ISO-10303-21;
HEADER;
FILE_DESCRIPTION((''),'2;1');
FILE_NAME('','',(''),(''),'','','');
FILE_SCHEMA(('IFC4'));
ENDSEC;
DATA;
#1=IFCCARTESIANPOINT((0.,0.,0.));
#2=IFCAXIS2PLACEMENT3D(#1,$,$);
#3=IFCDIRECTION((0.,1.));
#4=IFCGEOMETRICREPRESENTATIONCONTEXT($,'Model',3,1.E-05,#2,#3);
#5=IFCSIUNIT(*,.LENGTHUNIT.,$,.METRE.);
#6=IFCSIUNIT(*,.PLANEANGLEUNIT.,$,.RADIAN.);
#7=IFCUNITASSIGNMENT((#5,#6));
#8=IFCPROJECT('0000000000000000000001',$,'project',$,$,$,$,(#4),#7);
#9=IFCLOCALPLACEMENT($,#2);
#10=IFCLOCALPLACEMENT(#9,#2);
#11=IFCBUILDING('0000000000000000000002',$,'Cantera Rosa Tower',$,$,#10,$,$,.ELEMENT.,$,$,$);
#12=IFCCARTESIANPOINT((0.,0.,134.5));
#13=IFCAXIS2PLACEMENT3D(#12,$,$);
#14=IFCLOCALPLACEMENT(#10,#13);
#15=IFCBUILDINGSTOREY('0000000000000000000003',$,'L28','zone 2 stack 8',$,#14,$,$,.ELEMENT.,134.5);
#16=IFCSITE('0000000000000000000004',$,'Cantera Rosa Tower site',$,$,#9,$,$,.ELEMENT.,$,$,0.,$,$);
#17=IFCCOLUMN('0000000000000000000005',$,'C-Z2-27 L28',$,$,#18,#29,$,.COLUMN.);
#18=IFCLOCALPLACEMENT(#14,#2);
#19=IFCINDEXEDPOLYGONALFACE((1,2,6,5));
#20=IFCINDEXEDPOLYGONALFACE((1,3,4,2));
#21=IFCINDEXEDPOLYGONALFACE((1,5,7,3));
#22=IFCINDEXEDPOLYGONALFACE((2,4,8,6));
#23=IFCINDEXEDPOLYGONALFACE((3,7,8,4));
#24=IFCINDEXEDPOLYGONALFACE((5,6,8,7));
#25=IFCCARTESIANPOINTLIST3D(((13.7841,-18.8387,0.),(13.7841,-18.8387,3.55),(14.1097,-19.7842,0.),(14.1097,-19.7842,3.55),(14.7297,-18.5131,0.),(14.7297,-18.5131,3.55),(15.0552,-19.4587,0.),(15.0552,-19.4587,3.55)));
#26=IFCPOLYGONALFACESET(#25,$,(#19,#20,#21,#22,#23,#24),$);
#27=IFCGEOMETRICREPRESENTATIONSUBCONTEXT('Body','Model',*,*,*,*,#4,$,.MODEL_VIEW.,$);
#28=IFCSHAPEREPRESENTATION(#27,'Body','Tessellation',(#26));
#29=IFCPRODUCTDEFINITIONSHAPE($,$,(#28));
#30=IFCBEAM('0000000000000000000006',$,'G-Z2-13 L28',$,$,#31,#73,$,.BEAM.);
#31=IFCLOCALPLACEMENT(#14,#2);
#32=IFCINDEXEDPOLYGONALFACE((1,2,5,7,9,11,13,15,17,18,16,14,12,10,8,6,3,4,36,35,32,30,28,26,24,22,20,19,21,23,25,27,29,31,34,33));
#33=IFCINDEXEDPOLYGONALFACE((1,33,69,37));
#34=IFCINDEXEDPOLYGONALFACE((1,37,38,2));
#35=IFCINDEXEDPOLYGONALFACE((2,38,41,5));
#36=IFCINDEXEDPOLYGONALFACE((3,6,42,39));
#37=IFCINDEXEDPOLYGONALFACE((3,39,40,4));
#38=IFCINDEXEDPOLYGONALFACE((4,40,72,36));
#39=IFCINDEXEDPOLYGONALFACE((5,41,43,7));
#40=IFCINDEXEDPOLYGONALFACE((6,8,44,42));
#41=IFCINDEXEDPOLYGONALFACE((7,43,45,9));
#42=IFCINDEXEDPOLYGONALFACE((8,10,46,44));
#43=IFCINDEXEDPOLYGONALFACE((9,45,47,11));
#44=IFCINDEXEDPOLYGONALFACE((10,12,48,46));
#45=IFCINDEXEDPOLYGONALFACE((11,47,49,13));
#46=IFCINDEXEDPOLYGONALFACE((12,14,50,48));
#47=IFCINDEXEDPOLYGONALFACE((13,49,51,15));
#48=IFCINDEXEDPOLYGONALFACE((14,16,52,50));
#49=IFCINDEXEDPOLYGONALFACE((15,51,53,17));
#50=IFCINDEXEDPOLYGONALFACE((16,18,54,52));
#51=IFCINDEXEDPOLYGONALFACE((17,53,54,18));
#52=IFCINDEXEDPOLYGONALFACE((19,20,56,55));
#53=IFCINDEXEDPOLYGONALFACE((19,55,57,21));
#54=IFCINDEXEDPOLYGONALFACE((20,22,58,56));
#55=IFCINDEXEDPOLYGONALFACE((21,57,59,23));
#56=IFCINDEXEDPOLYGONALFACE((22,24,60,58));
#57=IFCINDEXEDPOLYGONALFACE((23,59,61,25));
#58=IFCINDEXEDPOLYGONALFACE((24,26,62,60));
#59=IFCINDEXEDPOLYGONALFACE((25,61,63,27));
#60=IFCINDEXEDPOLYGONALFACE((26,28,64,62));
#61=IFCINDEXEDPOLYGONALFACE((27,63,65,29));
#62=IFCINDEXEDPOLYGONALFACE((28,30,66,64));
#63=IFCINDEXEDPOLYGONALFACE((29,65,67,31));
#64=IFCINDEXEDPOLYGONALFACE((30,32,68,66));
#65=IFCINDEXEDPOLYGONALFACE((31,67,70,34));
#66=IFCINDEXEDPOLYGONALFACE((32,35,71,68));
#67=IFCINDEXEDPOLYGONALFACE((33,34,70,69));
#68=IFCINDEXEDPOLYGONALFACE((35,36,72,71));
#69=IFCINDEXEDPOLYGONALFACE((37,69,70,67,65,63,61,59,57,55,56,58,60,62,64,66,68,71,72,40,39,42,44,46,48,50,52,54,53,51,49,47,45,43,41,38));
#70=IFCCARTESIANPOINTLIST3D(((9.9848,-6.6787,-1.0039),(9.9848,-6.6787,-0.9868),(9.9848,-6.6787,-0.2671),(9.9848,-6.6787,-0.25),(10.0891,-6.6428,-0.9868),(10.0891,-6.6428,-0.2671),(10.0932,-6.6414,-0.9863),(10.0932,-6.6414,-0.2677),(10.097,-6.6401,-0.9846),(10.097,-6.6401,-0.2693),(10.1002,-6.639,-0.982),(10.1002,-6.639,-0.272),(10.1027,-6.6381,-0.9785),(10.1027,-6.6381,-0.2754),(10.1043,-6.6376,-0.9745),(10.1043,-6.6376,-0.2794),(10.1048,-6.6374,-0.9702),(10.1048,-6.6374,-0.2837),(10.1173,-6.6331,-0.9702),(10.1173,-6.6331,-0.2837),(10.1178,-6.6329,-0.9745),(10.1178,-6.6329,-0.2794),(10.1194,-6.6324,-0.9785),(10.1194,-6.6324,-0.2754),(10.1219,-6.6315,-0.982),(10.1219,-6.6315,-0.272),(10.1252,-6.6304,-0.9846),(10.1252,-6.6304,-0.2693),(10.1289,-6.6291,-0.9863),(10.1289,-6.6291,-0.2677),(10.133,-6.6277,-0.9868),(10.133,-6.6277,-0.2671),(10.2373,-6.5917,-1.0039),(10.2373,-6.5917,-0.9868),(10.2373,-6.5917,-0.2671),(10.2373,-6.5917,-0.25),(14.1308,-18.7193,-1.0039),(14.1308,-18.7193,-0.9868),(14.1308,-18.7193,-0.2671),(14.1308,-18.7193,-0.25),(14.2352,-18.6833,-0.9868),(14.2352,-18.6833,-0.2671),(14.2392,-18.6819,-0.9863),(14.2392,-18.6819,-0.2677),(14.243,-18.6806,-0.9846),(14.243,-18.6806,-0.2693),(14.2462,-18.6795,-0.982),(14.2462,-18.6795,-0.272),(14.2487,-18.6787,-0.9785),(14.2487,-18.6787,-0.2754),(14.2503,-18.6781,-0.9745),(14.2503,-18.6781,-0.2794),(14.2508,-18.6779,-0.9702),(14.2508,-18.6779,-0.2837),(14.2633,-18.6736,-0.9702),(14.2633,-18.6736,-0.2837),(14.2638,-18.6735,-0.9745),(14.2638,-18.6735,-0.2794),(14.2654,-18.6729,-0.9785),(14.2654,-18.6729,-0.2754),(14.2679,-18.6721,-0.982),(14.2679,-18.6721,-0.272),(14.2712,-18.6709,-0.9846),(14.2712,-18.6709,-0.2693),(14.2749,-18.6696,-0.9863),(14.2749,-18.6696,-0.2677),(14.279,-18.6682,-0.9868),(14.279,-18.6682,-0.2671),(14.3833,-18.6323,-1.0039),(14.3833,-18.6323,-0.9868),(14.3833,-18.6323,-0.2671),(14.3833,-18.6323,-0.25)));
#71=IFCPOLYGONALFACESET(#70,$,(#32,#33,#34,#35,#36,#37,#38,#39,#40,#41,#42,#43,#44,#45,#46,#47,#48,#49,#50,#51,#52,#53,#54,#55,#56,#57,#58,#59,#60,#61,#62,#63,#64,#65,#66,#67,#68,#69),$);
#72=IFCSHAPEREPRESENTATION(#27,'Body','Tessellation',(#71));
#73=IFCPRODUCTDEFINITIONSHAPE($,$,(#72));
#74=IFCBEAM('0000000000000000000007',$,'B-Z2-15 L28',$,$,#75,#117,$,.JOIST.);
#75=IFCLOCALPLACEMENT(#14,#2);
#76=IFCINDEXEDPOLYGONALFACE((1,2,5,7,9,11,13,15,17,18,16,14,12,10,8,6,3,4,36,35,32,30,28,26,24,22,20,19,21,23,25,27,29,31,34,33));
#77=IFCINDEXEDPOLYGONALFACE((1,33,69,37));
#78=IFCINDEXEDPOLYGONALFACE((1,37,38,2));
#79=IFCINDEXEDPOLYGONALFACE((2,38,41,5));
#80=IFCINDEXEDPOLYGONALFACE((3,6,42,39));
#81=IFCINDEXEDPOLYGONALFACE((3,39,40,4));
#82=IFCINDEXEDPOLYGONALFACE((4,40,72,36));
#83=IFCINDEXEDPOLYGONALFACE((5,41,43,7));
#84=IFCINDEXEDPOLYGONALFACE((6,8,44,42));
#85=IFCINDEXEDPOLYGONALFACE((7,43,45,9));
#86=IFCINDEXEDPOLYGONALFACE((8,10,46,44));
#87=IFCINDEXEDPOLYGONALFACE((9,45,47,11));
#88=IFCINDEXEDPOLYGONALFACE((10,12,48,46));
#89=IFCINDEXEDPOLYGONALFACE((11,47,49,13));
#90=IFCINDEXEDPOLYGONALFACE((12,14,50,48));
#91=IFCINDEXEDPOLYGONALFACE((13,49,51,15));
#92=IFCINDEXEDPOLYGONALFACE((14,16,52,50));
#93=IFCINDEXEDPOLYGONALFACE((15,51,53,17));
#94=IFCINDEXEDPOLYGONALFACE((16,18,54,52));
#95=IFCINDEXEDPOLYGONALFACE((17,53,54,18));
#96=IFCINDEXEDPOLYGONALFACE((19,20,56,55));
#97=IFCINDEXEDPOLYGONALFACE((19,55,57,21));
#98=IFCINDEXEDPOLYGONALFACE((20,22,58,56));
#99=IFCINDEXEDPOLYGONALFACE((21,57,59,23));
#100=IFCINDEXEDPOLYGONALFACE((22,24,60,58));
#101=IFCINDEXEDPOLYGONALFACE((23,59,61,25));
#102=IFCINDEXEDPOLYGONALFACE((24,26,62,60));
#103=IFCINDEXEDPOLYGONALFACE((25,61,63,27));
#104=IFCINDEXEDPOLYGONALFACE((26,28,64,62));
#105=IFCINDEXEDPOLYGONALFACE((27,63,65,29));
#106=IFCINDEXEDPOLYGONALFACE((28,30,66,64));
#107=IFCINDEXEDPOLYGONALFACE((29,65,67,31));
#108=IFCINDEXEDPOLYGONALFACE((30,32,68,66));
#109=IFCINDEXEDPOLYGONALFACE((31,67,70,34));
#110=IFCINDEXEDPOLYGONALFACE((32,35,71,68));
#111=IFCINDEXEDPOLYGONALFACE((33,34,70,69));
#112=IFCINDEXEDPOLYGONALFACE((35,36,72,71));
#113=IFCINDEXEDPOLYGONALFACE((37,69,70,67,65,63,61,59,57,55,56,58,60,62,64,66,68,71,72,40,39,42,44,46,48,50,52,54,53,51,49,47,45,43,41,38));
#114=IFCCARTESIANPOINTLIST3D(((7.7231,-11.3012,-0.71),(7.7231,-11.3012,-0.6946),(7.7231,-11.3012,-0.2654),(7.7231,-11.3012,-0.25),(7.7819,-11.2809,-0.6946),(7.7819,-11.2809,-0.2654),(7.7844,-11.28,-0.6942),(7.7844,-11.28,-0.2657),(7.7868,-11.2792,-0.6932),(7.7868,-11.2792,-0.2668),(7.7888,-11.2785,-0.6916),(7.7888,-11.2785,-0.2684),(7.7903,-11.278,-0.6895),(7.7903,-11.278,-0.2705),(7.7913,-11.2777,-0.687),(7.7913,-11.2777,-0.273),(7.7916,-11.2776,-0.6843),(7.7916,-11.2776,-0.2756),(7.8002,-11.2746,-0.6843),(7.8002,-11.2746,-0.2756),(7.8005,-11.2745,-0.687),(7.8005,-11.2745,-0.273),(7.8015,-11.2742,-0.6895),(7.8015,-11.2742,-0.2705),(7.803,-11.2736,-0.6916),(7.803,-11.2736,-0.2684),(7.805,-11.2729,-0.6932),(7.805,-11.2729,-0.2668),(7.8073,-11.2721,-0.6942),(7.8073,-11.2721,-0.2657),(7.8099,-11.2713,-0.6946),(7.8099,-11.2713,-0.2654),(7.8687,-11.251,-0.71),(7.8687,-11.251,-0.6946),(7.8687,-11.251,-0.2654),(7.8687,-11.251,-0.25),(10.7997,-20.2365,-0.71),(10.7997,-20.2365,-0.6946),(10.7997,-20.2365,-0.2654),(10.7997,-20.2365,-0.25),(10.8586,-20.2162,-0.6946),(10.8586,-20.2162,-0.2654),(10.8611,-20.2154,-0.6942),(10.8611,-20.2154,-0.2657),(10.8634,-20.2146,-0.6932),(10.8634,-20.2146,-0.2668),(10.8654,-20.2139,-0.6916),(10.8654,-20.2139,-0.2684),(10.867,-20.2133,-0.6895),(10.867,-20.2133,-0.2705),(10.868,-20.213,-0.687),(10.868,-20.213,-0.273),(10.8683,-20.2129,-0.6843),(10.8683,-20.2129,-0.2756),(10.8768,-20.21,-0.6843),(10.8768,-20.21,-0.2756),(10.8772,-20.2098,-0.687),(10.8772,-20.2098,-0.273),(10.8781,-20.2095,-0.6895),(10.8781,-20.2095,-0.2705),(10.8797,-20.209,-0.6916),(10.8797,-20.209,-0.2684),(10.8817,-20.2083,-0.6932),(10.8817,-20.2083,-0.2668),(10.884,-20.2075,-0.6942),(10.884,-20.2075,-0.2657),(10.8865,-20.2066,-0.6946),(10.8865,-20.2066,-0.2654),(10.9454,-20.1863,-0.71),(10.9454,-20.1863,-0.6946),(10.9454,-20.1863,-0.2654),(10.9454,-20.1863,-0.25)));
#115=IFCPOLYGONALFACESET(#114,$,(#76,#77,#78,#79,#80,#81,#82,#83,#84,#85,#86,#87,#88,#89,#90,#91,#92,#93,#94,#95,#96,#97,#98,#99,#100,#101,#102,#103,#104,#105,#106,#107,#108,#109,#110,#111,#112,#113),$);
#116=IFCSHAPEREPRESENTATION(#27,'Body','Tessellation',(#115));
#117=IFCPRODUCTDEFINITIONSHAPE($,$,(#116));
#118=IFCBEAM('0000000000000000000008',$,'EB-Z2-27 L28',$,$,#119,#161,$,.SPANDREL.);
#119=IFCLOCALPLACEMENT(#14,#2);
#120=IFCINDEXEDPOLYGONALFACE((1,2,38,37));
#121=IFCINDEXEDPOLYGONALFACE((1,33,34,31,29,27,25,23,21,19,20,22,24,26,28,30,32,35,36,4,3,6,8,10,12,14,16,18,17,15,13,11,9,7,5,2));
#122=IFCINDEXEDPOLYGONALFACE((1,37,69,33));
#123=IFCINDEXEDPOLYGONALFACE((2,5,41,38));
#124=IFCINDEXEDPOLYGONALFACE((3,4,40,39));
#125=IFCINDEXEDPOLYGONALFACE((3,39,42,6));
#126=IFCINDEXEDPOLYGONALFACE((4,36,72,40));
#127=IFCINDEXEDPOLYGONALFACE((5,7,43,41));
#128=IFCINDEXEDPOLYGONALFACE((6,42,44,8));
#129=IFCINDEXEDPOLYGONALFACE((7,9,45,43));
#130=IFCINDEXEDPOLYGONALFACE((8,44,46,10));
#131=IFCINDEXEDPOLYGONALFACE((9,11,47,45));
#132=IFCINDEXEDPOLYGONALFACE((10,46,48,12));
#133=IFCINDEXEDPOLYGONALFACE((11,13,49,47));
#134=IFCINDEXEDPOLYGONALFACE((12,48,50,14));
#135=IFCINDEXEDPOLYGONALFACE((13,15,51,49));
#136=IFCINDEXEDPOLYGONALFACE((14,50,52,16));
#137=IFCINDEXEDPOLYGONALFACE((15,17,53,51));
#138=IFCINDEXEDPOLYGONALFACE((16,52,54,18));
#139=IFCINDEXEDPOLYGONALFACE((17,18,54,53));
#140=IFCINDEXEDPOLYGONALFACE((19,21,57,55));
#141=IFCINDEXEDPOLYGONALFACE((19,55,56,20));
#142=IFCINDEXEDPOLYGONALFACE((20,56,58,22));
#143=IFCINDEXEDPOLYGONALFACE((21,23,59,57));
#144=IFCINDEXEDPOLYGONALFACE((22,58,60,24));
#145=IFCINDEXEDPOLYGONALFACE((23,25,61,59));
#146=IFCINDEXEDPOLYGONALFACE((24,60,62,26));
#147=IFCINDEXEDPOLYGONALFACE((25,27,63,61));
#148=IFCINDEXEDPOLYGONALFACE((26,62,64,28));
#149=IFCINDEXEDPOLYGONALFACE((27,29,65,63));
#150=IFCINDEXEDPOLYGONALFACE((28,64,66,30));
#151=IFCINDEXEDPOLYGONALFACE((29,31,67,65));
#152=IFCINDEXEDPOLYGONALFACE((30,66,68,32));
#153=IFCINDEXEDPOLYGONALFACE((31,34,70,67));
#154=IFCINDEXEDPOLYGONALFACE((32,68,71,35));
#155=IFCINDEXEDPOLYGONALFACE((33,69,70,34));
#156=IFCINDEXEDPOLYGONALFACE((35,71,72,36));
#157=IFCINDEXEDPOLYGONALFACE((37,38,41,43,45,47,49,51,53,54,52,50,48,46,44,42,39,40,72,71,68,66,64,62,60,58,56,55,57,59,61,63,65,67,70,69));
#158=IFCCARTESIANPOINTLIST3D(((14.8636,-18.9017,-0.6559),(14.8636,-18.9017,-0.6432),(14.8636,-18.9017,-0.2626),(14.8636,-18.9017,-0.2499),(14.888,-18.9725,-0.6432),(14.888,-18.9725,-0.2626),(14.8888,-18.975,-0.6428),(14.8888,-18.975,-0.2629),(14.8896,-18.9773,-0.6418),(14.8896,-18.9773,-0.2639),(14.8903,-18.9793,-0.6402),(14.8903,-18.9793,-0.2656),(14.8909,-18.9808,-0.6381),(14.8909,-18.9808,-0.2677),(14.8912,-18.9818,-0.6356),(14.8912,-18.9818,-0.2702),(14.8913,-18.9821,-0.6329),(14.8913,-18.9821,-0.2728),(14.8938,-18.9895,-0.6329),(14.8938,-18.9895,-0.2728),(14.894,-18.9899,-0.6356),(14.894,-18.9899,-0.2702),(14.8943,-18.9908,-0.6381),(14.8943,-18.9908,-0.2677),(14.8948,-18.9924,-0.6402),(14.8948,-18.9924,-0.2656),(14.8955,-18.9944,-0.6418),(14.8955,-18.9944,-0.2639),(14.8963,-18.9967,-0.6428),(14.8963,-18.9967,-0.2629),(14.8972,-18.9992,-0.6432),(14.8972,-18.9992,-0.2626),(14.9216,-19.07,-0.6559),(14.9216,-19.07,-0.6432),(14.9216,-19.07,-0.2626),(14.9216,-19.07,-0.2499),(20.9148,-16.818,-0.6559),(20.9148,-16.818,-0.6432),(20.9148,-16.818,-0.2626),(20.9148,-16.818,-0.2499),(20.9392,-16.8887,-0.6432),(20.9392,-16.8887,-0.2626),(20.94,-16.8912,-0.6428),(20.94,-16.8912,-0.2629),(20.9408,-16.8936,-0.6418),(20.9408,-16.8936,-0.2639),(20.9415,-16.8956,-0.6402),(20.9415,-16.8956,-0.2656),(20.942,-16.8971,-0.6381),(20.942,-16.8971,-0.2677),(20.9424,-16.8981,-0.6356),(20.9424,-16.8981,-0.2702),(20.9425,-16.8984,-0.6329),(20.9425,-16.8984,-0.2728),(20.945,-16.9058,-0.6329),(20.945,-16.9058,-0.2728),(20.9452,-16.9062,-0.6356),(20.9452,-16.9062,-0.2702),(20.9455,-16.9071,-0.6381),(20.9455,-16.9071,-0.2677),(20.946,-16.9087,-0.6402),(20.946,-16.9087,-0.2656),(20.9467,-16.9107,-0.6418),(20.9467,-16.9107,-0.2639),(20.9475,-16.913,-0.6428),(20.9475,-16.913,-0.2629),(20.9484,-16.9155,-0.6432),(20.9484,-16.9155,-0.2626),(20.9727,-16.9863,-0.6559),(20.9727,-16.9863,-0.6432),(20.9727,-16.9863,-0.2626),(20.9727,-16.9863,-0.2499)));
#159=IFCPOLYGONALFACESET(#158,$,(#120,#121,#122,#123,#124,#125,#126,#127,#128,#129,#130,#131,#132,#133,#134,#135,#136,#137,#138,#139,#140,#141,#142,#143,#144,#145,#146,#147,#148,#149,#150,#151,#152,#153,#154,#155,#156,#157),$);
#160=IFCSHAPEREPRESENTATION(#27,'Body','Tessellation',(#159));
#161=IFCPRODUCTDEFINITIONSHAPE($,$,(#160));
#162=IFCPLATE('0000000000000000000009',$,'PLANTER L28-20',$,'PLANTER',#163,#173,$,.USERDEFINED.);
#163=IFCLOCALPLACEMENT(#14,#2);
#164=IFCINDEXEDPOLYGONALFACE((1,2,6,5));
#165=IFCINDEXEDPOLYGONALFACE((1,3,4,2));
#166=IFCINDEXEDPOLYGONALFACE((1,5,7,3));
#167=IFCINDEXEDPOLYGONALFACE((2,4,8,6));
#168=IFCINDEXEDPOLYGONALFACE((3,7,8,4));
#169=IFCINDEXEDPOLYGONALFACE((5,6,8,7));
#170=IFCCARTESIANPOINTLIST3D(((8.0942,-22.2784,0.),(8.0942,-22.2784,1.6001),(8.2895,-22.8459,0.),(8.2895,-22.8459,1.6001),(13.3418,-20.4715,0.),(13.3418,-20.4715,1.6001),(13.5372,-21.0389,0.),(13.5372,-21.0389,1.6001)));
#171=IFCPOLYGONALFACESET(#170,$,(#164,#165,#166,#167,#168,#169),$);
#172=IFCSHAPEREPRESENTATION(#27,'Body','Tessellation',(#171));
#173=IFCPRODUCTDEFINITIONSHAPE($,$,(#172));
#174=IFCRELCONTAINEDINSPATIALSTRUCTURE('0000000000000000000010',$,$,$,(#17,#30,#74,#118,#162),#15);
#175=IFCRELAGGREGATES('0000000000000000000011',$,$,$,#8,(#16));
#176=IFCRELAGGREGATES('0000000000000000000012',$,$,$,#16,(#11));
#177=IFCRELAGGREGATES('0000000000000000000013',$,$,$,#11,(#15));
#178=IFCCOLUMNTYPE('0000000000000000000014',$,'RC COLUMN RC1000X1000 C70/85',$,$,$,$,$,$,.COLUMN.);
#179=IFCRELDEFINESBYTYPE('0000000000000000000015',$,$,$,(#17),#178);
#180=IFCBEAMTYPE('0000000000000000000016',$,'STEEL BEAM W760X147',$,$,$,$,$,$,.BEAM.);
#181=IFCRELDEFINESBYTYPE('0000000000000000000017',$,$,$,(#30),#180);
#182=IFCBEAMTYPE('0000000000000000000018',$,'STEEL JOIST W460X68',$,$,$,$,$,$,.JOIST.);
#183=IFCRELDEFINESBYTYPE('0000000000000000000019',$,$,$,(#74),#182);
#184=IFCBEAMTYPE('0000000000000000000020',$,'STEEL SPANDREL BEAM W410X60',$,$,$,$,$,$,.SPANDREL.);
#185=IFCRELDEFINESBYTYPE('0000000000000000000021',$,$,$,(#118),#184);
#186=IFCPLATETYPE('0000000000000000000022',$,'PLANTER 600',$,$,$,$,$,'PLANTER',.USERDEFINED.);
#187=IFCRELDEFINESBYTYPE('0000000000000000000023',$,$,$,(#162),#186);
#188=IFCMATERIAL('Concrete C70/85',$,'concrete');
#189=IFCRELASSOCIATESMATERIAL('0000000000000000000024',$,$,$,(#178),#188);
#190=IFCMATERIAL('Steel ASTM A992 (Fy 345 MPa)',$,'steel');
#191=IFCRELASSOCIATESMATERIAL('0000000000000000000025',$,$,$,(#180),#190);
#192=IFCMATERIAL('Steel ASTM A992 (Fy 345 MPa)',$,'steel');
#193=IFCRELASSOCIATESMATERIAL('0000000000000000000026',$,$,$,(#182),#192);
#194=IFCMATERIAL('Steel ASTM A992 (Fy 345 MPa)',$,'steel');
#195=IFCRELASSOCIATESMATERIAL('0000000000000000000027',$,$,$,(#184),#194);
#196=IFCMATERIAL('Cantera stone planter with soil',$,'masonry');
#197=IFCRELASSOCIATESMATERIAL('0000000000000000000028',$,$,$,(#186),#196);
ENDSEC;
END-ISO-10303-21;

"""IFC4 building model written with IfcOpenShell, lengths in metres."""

from ifc_helpers import new_model, si_unit, direction, frame, origin, origin_2d, place, context, subcontext, project, spatial, rectangle, i_section, extrude, material, material_profile, profile_set, type_object, element, save


model = new_model("IFC4")

# Units and contexts
model_context = context("Model", 3, precision=1e-05, world=origin(), true_north=direction((0.0, 1.0)))
body_context = subcontext(model_context, "Body", "Model", "MODEL_VIEW")
ifc_project = project(units=[si_unit("LENGTHUNIT", "METRE"), si_unit("PLANEANGLEUNIT", "RADIAN")], contexts=[model_context])

# Site, building, storey
site_placement = place(None, origin())
site = spatial("IfcSite", under=ifc_project, at=site_placement, Name="Cantera Rosa Tower site", CompositionType="ELEMENT", RefElevation=0.0)
building_placement = place(site_placement, origin())
building = spatial("IfcBuilding", under=site, at=building_placement, Name="Cantera Rosa Tower", CompositionType="ELEMENT")
storey_placement = place(building_placement, frame((0.0, 0.0, 134.5)))
storey = spatial("IfcBuildingStorey", under=building, at=storey_placement, Name="L28", Description="zone 2 stack 8", CompositionType="ELEMENT", Elevation=134.5)

# Column
ifc_material_1 = material(Name="Concrete C70/85", Category="concrete")
ifc_material_profile_1 = material_profile(ifc_material_1, rectangle(XDim=1.0, YDim=1.0, at=origin_2d()), Name="RC COLUMN RC1000X1000 C70/85")
ifc_profile_set_1 = profile_set([ifc_material_profile_1], Name="Concrete C70/85")
column_type = type_object("IfcColumnType", Name="RC COLUMN RC1000X1000 C70/85", PredefinedType="COLUMN", material=ifc_profile_set_1)
column_placement = place(storey_placement, frame((14.4197, -19.1487, 0.0), z_axis=(0.0, 0.0, 1.0), x_axis=(0.945519, 0.325568, 0.0)))
element("IfcColumn", 1, at=column_placement, inside=storey, type_object=column_type, Name="C-Z2-27 L28", PredefinedType="COLUMN", context=body_context, shape_type="SweptSolid", body=[
    extrude(rectangle(XDim=1.0, YDim=1.0, at=origin_2d()), origin(), (0.0, 0.0, 1.0), 3.55),
])

# Beams
ifc_material_2 = material(Name="Steel ASTM A992 (Fy 345 MPa)", Category="steel")
ifc_material_profile_2 = material_profile(ifc_material_2, i_section(OverallWidth=0.2671, OverallDepth=0.7539, WebThickness=0.0132, FlangeThickness=0.0171, FilletRadius=0.0166, at=origin_2d()), Name="W760X147")
ifc_profile_set_2 = profile_set([ifc_material_profile_2], Name="Steel ASTM A992 (Fy 345 MPa)")
beam_type_1 = type_object("IfcBeamType", Name="STEEL BEAM W760X147", PredefinedType="BEAM", material=ifc_profile_set_2)
beam_1_placement = place(storey_placement, frame((14.2571, -18.6758, -0.627), z_axis=(-0.325576, 0.945516, 0.0), x_axis=(-0.945516, -0.325576, 0.0)))
element("IfcBeam", 2, at=beam_1_placement, inside=storey, type_object=beam_type_1, Name="G-Z2-13 L28", PredefinedType="BEAM", context=body_context, shape_type="SweptSolid", body=[
    extrude(i_section(OverallWidth=0.2671, OverallDepth=0.7539, WebThickness=0.0132, FlangeThickness=0.0171, FilletRadius=0.0166, at=origin_2d()), origin(), (0.0, 0.0, 1.0), 12.7344),
])
ifc_material_3 = material(Name="Steel ASTM A992 (Fy 345 MPa)", Category="steel")
ifc_material_profile_3 = material_profile(ifc_material_3, i_section(OverallWidth=0.1541, OverallDepth=0.46, WebThickness=0.009, FlangeThickness=0.0154, FilletRadius=0.0103, at=origin_2d()), Name="W460X68")
ifc_profile_set_3 = profile_set([ifc_material_profile_3], Name="Steel ASTM A992 (Fy 345 MPa)")
beam_type_2 = type_object("IfcBeamType", Name="STEEL JOIST W460X68", PredefinedType="JOIST", material=ifc_profile_set_3)
beam_2_placement = place(storey_placement, frame((10.8726, -20.2114, -0.48), z_axis=(-0.325567, 0.945519, 0.0), x_axis=(-0.945519, -0.325567, 0.0)))
element("IfcBeam", 3, at=beam_2_placement, inside=storey, type_object=beam_type_2, Name="B-Z2-15 L28", PredefinedType="JOIST", context=body_context, shape_type="SweptSolid", body=[
    extrude(i_section(OverallWidth=0.1541, OverallDepth=0.46, WebThickness=0.009, FlangeThickness=0.0154, FilletRadius=0.0103, at=origin_2d()), origin(), (0.0, 0.0, 1.0), 9.4502),
])
ifc_material_4 = material(Name="Steel ASTM A992 (Fy 345 MPa)", Category="steel")
ifc_material_profile_4 = material_profile(ifc_material_4, i_section(OverallWidth=0.178, OverallDepth=0.406, WebThickness=0.0078, FlangeThickness=0.0127, FilletRadius=0.0103, at=origin_2d()), Name="W410X60")
ifc_profile_set_4 = profile_set([ifc_material_profile_4], Name="Steel ASTM A992 (Fy 345 MPa)")
beam_type_3 = type_object("IfcBeamType", Name="STEEL SPANDREL BEAM W410X60", PredefinedType="SPANDREL", material=ifc_profile_set_4)
beam_3_placement = place(storey_placement, frame((14.8926, -18.9858, -0.4529), z_axis=(0.945513, 0.325585, 0.0), x_axis=(-0.325585, 0.945513, 0.0)))
element("IfcBeam", 4, at=beam_3_placement, inside=storey, type_object=beam_type_3, Name="EB-Z2-27 L28", PredefinedType="SPANDREL", context=body_context, shape_type="SweptSolid", body=[
    extrude(i_section(OverallWidth=0.178, OverallDepth=0.406, WebThickness=0.0078, FlangeThickness=0.0127, FilletRadius=0.0103, at=origin_2d()), origin(), (0.0, 0.0, 1.0), 6.3999),
])

# Plate
ifc_material_5 = material(Name="Cantera stone planter with soil", Category="masonry")
plate_type = type_object("IfcPlateType", Name="PLANTER 600", ElementType="PLANTER", PredefinedType="USERDEFINED", material=ifc_material_5)
plate_placement = place(storey_placement, frame((10.8157, -21.6587, 0.0), z_axis=(0.0, 0.0, 1.0), x_axis=(0.945519, 0.325568, 0.0)))
element("IfcPlate", 5, at=plate_placement, inside=storey, type_object=plate_type, Name="PLANTER L28-20", ObjectType="PLANTER", PredefinedType="USERDEFINED", context=body_context, shape_type="SweptSolid", body=[
    extrude(rectangle(XDim=5.55, YDim=0.6001, at=origin_2d()), origin(), (0.0, 0.0, 1.0), 1.6001),
])

save(model, "model.ifc")
